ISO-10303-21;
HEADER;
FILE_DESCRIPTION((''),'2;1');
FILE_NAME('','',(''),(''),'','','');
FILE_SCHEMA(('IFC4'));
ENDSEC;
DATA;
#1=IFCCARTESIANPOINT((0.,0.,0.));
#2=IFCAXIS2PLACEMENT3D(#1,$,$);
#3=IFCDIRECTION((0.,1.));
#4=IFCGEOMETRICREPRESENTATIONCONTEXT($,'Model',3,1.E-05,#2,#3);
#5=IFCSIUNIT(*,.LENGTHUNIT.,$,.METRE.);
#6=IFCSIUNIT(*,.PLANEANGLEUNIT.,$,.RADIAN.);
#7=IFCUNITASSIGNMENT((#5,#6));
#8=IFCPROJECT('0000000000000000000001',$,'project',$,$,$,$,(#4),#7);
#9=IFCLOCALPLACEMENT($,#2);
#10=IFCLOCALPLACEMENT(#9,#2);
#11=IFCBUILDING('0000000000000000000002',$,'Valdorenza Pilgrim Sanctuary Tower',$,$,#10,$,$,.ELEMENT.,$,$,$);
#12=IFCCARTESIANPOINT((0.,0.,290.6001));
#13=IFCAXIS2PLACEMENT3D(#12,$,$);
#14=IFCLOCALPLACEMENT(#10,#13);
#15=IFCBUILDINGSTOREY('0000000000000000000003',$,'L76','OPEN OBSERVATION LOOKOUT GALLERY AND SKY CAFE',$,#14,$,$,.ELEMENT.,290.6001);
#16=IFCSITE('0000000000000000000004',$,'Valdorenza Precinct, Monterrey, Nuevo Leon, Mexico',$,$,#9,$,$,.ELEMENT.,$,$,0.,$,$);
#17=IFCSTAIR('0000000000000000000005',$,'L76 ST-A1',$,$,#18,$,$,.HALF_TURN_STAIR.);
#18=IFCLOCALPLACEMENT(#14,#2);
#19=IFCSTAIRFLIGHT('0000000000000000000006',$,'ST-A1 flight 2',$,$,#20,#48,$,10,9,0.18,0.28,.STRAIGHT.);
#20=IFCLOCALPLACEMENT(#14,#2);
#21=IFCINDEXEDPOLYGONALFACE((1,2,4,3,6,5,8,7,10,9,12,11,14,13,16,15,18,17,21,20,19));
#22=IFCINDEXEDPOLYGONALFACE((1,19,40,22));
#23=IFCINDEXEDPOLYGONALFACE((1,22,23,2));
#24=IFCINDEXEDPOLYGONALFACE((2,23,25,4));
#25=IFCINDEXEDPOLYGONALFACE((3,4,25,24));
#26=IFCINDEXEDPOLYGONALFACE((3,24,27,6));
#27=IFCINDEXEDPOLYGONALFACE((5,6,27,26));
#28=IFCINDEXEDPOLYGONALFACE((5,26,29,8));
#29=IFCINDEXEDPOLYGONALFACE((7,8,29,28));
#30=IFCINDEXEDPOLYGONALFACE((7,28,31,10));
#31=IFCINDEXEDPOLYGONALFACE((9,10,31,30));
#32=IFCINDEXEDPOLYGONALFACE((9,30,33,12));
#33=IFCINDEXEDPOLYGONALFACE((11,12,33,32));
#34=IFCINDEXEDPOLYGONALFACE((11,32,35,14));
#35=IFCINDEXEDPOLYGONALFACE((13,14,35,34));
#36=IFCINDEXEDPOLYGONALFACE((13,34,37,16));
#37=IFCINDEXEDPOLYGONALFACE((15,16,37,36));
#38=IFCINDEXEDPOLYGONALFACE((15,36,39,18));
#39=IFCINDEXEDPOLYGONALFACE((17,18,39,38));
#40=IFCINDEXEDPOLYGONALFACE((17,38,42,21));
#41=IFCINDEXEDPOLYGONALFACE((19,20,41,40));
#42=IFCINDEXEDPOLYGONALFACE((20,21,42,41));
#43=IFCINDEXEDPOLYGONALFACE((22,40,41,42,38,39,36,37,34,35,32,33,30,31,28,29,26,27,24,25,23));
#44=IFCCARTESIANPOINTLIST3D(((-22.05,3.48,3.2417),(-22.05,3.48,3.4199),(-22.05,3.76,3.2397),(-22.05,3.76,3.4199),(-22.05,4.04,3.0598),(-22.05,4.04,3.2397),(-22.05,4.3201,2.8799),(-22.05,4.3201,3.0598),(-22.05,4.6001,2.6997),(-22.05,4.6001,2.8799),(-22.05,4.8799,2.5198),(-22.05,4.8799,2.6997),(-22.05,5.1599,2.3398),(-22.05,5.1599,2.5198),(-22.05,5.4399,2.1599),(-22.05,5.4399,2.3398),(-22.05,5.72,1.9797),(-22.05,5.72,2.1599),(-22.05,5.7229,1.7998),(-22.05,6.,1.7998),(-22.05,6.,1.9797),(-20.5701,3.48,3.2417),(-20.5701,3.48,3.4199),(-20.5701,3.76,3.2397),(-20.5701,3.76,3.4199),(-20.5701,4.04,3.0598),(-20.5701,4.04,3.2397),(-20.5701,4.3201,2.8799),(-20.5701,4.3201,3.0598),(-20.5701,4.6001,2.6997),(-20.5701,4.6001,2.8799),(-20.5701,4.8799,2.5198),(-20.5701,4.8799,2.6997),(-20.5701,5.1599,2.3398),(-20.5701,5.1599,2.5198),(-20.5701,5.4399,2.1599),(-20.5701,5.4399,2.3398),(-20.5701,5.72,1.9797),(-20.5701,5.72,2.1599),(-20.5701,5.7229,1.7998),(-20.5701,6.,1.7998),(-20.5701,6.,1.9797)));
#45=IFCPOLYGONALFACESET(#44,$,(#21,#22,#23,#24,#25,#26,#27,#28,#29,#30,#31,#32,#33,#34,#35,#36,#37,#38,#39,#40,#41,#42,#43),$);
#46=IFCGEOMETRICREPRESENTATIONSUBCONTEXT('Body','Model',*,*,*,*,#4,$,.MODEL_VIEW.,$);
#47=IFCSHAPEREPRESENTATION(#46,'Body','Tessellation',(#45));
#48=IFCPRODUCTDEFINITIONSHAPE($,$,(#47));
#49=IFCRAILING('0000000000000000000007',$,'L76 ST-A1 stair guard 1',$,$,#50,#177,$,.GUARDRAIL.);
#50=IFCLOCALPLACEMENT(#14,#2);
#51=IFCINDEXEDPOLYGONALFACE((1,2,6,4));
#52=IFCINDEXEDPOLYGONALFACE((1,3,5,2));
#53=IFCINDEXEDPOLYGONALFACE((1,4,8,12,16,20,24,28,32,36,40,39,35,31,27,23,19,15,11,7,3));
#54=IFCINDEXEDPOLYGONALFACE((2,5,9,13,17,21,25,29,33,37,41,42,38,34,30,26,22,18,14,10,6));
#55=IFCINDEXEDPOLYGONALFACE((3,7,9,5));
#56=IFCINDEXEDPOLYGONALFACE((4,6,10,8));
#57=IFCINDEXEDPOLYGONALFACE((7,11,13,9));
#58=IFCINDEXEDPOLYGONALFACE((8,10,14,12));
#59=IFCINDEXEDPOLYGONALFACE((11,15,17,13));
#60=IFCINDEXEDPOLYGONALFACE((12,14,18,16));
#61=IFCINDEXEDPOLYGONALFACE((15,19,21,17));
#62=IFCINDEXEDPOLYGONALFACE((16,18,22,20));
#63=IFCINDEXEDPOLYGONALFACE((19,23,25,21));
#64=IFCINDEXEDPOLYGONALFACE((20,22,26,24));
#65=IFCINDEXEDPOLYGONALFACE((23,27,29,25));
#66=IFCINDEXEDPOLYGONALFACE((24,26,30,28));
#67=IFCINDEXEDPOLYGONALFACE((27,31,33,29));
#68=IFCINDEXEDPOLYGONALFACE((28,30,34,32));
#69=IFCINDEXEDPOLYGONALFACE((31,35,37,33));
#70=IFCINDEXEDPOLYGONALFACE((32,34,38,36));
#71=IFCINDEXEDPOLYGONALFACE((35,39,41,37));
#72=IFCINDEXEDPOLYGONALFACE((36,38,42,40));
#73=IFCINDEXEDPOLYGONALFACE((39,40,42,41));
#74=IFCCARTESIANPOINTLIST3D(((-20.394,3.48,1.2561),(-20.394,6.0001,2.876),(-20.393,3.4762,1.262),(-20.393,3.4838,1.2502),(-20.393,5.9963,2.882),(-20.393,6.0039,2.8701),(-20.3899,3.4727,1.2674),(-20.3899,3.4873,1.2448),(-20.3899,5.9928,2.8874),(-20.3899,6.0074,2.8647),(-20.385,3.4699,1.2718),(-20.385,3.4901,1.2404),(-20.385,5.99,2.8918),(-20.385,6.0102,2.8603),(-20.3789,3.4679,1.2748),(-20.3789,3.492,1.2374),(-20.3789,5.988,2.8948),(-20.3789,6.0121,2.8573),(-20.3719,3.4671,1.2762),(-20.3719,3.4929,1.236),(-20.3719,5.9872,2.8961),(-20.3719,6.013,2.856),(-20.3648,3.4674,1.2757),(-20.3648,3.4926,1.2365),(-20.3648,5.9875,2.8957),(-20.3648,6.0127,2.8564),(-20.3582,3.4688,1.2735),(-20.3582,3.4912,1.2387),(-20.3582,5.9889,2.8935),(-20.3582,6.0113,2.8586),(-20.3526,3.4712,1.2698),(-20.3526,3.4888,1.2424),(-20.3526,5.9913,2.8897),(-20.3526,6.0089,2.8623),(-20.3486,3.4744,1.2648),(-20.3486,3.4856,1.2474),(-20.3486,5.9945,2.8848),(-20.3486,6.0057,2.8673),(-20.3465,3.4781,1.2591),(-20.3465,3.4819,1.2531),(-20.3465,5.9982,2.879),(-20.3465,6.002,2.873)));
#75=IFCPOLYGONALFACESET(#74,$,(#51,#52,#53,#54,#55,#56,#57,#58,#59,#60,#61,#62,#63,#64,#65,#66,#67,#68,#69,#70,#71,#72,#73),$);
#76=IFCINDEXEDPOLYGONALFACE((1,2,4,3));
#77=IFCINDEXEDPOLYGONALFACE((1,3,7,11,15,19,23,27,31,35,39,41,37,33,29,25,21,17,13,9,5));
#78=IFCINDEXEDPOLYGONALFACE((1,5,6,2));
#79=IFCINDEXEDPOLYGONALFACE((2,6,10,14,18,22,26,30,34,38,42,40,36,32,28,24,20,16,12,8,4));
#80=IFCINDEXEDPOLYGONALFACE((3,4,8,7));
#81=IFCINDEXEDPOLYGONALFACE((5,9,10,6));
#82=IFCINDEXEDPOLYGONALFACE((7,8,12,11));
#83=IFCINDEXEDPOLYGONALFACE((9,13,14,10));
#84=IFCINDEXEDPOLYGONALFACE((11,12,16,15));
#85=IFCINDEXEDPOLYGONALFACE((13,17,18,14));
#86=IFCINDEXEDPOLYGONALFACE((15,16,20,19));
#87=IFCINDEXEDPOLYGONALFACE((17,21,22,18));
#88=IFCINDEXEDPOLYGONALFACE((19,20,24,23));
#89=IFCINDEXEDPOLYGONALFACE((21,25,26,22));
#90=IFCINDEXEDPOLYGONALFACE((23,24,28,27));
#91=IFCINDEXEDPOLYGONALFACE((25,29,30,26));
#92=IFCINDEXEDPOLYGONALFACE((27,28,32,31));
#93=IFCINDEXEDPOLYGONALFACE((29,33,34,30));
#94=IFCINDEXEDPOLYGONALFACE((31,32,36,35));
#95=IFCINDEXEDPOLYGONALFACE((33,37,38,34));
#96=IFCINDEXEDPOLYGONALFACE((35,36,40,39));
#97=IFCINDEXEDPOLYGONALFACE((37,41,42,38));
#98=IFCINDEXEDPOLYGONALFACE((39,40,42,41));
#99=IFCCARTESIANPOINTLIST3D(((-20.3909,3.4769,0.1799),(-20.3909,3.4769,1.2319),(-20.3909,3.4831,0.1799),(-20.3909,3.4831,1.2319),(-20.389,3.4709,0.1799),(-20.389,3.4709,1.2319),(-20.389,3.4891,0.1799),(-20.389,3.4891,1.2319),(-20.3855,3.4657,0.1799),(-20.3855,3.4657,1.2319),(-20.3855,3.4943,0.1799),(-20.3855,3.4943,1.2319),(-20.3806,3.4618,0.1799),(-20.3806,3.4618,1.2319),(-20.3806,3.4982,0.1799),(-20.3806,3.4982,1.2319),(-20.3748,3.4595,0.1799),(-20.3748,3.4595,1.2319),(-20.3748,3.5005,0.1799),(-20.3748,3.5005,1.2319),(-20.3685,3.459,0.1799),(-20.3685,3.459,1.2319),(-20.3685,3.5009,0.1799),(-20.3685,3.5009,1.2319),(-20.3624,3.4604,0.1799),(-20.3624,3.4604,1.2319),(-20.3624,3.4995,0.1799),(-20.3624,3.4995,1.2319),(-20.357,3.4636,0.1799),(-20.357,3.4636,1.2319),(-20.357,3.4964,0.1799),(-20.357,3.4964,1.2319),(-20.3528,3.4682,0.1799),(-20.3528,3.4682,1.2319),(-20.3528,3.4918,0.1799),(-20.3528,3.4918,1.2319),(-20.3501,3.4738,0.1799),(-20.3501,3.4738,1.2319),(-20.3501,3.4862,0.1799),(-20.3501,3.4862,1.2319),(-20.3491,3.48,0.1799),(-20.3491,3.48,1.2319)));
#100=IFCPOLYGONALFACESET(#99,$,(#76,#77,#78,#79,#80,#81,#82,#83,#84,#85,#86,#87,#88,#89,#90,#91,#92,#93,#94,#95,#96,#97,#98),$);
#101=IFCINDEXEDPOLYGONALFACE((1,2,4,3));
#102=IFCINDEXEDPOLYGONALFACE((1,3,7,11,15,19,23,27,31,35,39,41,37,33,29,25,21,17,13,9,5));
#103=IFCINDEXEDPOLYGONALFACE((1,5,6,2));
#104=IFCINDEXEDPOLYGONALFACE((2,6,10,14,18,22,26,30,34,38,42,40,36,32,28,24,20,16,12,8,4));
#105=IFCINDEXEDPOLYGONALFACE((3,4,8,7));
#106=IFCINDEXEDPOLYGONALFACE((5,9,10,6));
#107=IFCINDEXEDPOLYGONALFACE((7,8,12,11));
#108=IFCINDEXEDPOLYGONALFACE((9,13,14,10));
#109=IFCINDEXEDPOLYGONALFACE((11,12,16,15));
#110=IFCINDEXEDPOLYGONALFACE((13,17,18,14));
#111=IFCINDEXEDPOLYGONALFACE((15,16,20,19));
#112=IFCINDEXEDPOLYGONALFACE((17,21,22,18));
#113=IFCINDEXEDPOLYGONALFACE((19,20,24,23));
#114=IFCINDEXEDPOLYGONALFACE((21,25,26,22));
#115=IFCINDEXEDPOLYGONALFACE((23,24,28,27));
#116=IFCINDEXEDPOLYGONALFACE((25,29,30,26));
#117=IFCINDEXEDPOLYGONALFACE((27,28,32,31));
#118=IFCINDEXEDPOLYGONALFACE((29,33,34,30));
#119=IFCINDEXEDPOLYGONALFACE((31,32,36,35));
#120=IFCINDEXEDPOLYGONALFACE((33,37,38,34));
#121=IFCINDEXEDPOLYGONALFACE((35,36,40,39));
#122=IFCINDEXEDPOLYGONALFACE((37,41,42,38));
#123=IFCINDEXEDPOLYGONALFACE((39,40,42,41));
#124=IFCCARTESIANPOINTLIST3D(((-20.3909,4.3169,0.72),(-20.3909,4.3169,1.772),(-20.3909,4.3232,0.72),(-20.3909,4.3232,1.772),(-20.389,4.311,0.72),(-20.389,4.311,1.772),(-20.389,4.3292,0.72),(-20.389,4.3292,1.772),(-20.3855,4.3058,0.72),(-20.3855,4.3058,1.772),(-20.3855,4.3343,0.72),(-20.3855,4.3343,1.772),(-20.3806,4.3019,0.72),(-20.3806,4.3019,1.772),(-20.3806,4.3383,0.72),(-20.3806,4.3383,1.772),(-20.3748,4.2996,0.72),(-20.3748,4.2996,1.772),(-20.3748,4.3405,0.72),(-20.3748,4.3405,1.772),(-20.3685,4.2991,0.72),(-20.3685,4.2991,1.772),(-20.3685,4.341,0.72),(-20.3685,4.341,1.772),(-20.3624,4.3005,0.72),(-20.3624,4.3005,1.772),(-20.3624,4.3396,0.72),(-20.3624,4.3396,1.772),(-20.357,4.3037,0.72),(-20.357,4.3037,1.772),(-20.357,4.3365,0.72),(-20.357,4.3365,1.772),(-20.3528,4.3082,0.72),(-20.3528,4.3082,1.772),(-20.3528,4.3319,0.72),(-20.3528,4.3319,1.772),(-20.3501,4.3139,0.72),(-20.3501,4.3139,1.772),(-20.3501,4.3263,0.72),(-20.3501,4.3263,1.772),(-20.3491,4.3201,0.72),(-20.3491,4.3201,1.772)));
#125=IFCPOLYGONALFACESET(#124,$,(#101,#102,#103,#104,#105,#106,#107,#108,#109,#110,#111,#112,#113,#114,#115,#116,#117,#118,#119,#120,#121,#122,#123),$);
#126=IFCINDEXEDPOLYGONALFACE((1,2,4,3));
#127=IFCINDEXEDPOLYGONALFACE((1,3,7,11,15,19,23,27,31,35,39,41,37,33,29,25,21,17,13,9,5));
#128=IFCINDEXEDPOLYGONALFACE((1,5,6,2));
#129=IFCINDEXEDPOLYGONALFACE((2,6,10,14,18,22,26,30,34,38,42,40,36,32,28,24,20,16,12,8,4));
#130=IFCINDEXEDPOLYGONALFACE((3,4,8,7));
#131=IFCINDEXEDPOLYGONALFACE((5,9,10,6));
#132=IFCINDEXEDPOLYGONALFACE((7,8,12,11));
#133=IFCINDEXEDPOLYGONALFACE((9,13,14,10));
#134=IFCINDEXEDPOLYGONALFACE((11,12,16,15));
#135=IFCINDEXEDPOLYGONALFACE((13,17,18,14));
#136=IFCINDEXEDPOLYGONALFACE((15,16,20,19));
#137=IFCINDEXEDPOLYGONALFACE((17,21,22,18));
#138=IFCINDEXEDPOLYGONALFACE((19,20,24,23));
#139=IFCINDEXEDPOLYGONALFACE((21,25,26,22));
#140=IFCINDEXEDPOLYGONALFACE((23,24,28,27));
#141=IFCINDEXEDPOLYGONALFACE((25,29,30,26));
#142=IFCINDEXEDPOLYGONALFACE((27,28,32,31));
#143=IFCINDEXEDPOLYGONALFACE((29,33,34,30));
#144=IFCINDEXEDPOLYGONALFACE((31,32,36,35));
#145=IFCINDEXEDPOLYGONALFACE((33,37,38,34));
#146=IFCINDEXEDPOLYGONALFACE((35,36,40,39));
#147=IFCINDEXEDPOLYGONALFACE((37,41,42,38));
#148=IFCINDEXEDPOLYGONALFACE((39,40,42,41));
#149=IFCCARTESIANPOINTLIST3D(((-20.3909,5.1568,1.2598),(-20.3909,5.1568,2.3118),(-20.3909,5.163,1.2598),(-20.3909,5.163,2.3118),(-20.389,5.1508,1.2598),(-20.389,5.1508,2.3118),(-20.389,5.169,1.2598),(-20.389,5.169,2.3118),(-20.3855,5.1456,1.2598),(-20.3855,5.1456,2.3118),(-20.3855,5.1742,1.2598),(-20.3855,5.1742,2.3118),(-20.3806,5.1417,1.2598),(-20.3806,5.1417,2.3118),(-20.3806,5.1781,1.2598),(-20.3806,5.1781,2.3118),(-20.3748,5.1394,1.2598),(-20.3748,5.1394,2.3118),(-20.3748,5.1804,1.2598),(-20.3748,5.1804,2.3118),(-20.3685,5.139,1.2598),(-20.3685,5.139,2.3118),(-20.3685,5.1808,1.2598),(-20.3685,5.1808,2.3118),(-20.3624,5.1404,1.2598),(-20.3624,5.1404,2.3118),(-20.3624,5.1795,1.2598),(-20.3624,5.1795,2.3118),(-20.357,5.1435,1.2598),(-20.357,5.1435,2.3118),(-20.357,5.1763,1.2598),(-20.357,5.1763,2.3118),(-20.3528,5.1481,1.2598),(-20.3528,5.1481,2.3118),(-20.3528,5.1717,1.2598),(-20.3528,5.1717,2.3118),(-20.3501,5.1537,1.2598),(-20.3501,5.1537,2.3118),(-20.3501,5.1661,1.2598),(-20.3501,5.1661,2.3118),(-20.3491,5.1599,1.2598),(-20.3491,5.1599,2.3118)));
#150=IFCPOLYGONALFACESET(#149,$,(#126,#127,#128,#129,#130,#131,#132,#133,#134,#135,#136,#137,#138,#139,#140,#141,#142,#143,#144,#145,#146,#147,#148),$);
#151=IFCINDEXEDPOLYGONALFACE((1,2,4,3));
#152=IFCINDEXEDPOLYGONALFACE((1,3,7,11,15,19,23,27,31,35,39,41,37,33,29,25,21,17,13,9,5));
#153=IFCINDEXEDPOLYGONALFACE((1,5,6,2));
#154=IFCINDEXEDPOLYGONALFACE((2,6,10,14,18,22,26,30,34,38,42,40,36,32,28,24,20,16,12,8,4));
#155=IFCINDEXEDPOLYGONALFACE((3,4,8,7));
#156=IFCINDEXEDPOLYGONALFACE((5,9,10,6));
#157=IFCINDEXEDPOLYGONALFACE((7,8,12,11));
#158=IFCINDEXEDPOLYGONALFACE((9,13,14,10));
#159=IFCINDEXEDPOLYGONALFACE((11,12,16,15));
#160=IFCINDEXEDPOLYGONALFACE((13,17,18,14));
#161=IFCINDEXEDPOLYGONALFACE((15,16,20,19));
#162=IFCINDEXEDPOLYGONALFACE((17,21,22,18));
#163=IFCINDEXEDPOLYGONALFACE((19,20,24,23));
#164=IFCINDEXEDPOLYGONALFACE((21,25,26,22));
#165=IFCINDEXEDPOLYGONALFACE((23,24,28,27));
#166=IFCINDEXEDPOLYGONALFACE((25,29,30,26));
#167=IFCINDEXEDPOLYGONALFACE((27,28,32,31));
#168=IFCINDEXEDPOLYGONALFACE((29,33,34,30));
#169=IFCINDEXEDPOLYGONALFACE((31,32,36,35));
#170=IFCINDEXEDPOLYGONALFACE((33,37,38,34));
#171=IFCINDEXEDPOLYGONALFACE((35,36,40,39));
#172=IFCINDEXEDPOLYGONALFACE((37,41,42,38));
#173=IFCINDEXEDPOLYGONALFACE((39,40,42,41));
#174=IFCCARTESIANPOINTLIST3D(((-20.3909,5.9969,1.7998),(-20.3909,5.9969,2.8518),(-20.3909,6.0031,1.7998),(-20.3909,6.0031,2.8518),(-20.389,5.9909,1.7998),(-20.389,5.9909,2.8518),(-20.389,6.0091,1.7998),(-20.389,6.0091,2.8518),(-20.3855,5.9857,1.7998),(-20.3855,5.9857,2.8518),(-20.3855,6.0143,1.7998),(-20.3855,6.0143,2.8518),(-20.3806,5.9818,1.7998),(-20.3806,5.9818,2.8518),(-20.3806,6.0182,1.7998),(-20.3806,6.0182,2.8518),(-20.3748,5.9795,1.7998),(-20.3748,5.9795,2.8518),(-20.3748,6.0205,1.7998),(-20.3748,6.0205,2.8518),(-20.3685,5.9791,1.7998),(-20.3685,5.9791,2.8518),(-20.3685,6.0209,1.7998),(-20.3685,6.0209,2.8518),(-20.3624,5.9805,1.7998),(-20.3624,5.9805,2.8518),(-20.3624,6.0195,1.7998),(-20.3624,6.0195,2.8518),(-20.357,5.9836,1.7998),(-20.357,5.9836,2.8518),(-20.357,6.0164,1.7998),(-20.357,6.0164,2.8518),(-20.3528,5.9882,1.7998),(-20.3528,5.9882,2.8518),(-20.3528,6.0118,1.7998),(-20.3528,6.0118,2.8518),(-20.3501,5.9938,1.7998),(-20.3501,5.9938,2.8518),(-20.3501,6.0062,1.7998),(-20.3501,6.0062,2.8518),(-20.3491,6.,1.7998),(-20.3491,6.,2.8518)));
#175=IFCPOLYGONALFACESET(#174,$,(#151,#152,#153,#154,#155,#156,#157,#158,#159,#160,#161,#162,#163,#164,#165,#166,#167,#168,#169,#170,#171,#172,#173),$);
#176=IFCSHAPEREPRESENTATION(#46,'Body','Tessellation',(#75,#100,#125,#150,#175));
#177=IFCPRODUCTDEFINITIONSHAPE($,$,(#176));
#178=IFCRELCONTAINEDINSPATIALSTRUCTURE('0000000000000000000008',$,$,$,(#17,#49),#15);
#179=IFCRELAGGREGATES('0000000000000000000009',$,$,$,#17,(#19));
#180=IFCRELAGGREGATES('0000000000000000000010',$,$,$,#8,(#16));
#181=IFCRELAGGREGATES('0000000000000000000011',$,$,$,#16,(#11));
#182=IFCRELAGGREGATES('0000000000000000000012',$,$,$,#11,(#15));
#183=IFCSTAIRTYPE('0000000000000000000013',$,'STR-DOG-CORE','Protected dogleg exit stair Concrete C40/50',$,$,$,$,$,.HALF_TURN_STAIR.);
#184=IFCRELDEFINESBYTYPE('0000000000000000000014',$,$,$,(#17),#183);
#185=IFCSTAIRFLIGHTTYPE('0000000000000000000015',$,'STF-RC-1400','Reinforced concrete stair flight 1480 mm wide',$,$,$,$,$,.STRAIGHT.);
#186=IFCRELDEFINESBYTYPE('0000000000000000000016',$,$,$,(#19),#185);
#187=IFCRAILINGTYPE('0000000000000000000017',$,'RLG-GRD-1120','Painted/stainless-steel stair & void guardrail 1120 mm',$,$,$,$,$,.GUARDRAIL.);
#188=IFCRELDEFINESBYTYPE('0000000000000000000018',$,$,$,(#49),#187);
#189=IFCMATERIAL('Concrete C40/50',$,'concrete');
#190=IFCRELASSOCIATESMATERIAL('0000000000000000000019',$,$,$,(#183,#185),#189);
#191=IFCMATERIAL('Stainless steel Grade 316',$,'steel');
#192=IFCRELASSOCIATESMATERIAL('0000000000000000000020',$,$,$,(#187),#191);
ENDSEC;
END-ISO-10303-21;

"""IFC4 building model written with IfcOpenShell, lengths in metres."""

from ifc_helpers import new_model, si_unit, direction, frame, origin, origin_2d, place, context, subcontext, project, spatial, polyline, circle, outline, extrude, material, type_object, element, aggregate, save


model = new_model("IFC4")

# Units and contexts
model_context = context("Model", 3, precision=1e-05, world=origin(), true_north=direction((0.0, 1.0)))
body_context = subcontext(model_context, "Body", "Model", "MODEL_VIEW")
ifc_project = project(units=[si_unit("LENGTHUNIT", "METRE"), si_unit("PLANEANGLEUNIT", "RADIAN")], contexts=[model_context])

# Site, building, storey
site_placement = place(None, origin())
site = spatial("IfcSite", under=ifc_project, at=site_placement, Name="Valdorenza Precinct, Monterrey, Nuevo Leon, Mexico", CompositionType="ELEMENT", RefElevation=0.0)
building_placement = place(site_placement, origin())
building = spatial("IfcBuilding", under=site, at=building_placement, Name="Valdorenza Pilgrim Sanctuary Tower", CompositionType="ELEMENT")
storey_placement = place(building_placement, frame((0.0, 0.0, 290.6001)))
storey = spatial("IfcBuildingStorey", under=building, at=storey_placement, Name="L76", Description="OPEN OBSERVATION LOOKOUT GALLERY AND SKY CAFE", CompositionType="ELEMENT", Elevation=290.6001)

# Shared definitions
ifc_material_1 = material(Name="Concrete C40/50", Category="concrete")

# Stair, stair flight
stair_type = type_object("IfcStairType", Name="STR-DOG-CORE", Description="Protected dogleg exit stair Concrete C40/50", PredefinedType="HALF_TURN_STAIR", material=ifc_material_1)
stair_placement = place(storey_placement, origin())
stair = element("IfcStair", 1, at=stair_placement, inside=storey, type_object=stair_type, Name="L76 ST-A1", PredefinedType="HALF_TURN_STAIR")
stair_flight_type = type_object("IfcStairFlightType", Name="STF-RC-1400", Description="Reinforced concrete stair flight 1480 mm wide", PredefinedType="STRAIGHT", material=ifc_material_1)
stair_flight_1_placement = place(storey_placement, frame((-21.3101, 6.0, 1.7998), z_axis=(0.0, 0.0, 1.0), x_axis=(0.0, -1.0, 0.0)))
stair_flight_1 = element("IfcStairFlight", 2, at=stair_flight_1_placement, type_object=stair_flight_type, Name="ST-A1 flight 2", NumberOfRisers=10, NumberOfTreads=9, PredefinedType="STRAIGHT", RiserHeight=0.18, TreadLength=0.28, context=body_context, shape_type="SweptSolid", body=[
    extrude(outline(polyline([(0.0, 0.0), (0.0, 0.1799), (0.28, 0.1799), (0.28, 0.3601), (0.5601, 0.3601), (0.5601, 0.54), (0.8401, 0.54), (0.8401, 0.72), (1.1201, 0.72), (1.1201, 0.8999), (1.3999, 0.8999), (1.3999, 1.0801), (1.6799, 1.0801), (1.6799, 1.26), (1.96, 1.26), (1.96, 1.4399), (2.24, 1.4399), (2.24, 1.6201), (2.52, 1.6201), (2.52, 1.8), (2.52, 1.4419), (0.2771, 0.0), (0.0, 0.0)])), frame((0.0, 0.74, 0.0), z_axis=(0.0, -1.0, 0.0), x_axis=(1.0, 0.0, 0.0)), (0.0, 0.0, 1.0), 1.48),
])
aggregate(stair, [stair_flight_1])

# Railing
ifc_material_2 = material(Name="Stainless steel Grade 316", Category="steel")
railing_type_1 = type_object("IfcRailingType", Name="RLG-GRD-1120", Description="Painted/stainless-steel stair & void guardrail 1120 mm", PredefinedType="GUARDRAIL", material=ifc_material_2)
railing_1_placement = place(storey_placement, frame((-20.3701, 3.48, 0.1799)))
element("IfcRailing", 3, at=railing_1_placement, inside=storey, type_object=railing_type_1, Name="L76 ST-A1 stair guard 1", PredefinedType="GUARDRAIL", context=body_context, shape_type="SweptSolid", body=[
    extrude(circle(Radius=0.0239, at=origin_2d()), frame((0.0, 0.0, 1.0762), z_axis=(0.0, 0.8412, 0.540725), x_axis=(-1.0, 0.0, 0.0)), (0.0, 0.0, 1.0), 2.9958),
    extrude(circle(Radius=0.021, at=origin_2d()), origin(), (0.0, 0.0, 1.0), 1.052),
    extrude(circle(Radius=0.021, at=origin_2d()), frame((0.0, 0.8401, 0.54)), (0.0, 0.0, 1.0), 1.052),
    extrude(circle(Radius=0.021, at=origin_2d()), frame((0.0, 1.6799, 1.0798)), (0.0, 0.0, 1.0), 1.052),
    extrude(circle(Radius=0.021, at=origin_2d()), frame((0.0, 2.52, 1.6199)), (0.0, 0.0, 1.0), 1.052),
])

save(model, "model.ifc")
